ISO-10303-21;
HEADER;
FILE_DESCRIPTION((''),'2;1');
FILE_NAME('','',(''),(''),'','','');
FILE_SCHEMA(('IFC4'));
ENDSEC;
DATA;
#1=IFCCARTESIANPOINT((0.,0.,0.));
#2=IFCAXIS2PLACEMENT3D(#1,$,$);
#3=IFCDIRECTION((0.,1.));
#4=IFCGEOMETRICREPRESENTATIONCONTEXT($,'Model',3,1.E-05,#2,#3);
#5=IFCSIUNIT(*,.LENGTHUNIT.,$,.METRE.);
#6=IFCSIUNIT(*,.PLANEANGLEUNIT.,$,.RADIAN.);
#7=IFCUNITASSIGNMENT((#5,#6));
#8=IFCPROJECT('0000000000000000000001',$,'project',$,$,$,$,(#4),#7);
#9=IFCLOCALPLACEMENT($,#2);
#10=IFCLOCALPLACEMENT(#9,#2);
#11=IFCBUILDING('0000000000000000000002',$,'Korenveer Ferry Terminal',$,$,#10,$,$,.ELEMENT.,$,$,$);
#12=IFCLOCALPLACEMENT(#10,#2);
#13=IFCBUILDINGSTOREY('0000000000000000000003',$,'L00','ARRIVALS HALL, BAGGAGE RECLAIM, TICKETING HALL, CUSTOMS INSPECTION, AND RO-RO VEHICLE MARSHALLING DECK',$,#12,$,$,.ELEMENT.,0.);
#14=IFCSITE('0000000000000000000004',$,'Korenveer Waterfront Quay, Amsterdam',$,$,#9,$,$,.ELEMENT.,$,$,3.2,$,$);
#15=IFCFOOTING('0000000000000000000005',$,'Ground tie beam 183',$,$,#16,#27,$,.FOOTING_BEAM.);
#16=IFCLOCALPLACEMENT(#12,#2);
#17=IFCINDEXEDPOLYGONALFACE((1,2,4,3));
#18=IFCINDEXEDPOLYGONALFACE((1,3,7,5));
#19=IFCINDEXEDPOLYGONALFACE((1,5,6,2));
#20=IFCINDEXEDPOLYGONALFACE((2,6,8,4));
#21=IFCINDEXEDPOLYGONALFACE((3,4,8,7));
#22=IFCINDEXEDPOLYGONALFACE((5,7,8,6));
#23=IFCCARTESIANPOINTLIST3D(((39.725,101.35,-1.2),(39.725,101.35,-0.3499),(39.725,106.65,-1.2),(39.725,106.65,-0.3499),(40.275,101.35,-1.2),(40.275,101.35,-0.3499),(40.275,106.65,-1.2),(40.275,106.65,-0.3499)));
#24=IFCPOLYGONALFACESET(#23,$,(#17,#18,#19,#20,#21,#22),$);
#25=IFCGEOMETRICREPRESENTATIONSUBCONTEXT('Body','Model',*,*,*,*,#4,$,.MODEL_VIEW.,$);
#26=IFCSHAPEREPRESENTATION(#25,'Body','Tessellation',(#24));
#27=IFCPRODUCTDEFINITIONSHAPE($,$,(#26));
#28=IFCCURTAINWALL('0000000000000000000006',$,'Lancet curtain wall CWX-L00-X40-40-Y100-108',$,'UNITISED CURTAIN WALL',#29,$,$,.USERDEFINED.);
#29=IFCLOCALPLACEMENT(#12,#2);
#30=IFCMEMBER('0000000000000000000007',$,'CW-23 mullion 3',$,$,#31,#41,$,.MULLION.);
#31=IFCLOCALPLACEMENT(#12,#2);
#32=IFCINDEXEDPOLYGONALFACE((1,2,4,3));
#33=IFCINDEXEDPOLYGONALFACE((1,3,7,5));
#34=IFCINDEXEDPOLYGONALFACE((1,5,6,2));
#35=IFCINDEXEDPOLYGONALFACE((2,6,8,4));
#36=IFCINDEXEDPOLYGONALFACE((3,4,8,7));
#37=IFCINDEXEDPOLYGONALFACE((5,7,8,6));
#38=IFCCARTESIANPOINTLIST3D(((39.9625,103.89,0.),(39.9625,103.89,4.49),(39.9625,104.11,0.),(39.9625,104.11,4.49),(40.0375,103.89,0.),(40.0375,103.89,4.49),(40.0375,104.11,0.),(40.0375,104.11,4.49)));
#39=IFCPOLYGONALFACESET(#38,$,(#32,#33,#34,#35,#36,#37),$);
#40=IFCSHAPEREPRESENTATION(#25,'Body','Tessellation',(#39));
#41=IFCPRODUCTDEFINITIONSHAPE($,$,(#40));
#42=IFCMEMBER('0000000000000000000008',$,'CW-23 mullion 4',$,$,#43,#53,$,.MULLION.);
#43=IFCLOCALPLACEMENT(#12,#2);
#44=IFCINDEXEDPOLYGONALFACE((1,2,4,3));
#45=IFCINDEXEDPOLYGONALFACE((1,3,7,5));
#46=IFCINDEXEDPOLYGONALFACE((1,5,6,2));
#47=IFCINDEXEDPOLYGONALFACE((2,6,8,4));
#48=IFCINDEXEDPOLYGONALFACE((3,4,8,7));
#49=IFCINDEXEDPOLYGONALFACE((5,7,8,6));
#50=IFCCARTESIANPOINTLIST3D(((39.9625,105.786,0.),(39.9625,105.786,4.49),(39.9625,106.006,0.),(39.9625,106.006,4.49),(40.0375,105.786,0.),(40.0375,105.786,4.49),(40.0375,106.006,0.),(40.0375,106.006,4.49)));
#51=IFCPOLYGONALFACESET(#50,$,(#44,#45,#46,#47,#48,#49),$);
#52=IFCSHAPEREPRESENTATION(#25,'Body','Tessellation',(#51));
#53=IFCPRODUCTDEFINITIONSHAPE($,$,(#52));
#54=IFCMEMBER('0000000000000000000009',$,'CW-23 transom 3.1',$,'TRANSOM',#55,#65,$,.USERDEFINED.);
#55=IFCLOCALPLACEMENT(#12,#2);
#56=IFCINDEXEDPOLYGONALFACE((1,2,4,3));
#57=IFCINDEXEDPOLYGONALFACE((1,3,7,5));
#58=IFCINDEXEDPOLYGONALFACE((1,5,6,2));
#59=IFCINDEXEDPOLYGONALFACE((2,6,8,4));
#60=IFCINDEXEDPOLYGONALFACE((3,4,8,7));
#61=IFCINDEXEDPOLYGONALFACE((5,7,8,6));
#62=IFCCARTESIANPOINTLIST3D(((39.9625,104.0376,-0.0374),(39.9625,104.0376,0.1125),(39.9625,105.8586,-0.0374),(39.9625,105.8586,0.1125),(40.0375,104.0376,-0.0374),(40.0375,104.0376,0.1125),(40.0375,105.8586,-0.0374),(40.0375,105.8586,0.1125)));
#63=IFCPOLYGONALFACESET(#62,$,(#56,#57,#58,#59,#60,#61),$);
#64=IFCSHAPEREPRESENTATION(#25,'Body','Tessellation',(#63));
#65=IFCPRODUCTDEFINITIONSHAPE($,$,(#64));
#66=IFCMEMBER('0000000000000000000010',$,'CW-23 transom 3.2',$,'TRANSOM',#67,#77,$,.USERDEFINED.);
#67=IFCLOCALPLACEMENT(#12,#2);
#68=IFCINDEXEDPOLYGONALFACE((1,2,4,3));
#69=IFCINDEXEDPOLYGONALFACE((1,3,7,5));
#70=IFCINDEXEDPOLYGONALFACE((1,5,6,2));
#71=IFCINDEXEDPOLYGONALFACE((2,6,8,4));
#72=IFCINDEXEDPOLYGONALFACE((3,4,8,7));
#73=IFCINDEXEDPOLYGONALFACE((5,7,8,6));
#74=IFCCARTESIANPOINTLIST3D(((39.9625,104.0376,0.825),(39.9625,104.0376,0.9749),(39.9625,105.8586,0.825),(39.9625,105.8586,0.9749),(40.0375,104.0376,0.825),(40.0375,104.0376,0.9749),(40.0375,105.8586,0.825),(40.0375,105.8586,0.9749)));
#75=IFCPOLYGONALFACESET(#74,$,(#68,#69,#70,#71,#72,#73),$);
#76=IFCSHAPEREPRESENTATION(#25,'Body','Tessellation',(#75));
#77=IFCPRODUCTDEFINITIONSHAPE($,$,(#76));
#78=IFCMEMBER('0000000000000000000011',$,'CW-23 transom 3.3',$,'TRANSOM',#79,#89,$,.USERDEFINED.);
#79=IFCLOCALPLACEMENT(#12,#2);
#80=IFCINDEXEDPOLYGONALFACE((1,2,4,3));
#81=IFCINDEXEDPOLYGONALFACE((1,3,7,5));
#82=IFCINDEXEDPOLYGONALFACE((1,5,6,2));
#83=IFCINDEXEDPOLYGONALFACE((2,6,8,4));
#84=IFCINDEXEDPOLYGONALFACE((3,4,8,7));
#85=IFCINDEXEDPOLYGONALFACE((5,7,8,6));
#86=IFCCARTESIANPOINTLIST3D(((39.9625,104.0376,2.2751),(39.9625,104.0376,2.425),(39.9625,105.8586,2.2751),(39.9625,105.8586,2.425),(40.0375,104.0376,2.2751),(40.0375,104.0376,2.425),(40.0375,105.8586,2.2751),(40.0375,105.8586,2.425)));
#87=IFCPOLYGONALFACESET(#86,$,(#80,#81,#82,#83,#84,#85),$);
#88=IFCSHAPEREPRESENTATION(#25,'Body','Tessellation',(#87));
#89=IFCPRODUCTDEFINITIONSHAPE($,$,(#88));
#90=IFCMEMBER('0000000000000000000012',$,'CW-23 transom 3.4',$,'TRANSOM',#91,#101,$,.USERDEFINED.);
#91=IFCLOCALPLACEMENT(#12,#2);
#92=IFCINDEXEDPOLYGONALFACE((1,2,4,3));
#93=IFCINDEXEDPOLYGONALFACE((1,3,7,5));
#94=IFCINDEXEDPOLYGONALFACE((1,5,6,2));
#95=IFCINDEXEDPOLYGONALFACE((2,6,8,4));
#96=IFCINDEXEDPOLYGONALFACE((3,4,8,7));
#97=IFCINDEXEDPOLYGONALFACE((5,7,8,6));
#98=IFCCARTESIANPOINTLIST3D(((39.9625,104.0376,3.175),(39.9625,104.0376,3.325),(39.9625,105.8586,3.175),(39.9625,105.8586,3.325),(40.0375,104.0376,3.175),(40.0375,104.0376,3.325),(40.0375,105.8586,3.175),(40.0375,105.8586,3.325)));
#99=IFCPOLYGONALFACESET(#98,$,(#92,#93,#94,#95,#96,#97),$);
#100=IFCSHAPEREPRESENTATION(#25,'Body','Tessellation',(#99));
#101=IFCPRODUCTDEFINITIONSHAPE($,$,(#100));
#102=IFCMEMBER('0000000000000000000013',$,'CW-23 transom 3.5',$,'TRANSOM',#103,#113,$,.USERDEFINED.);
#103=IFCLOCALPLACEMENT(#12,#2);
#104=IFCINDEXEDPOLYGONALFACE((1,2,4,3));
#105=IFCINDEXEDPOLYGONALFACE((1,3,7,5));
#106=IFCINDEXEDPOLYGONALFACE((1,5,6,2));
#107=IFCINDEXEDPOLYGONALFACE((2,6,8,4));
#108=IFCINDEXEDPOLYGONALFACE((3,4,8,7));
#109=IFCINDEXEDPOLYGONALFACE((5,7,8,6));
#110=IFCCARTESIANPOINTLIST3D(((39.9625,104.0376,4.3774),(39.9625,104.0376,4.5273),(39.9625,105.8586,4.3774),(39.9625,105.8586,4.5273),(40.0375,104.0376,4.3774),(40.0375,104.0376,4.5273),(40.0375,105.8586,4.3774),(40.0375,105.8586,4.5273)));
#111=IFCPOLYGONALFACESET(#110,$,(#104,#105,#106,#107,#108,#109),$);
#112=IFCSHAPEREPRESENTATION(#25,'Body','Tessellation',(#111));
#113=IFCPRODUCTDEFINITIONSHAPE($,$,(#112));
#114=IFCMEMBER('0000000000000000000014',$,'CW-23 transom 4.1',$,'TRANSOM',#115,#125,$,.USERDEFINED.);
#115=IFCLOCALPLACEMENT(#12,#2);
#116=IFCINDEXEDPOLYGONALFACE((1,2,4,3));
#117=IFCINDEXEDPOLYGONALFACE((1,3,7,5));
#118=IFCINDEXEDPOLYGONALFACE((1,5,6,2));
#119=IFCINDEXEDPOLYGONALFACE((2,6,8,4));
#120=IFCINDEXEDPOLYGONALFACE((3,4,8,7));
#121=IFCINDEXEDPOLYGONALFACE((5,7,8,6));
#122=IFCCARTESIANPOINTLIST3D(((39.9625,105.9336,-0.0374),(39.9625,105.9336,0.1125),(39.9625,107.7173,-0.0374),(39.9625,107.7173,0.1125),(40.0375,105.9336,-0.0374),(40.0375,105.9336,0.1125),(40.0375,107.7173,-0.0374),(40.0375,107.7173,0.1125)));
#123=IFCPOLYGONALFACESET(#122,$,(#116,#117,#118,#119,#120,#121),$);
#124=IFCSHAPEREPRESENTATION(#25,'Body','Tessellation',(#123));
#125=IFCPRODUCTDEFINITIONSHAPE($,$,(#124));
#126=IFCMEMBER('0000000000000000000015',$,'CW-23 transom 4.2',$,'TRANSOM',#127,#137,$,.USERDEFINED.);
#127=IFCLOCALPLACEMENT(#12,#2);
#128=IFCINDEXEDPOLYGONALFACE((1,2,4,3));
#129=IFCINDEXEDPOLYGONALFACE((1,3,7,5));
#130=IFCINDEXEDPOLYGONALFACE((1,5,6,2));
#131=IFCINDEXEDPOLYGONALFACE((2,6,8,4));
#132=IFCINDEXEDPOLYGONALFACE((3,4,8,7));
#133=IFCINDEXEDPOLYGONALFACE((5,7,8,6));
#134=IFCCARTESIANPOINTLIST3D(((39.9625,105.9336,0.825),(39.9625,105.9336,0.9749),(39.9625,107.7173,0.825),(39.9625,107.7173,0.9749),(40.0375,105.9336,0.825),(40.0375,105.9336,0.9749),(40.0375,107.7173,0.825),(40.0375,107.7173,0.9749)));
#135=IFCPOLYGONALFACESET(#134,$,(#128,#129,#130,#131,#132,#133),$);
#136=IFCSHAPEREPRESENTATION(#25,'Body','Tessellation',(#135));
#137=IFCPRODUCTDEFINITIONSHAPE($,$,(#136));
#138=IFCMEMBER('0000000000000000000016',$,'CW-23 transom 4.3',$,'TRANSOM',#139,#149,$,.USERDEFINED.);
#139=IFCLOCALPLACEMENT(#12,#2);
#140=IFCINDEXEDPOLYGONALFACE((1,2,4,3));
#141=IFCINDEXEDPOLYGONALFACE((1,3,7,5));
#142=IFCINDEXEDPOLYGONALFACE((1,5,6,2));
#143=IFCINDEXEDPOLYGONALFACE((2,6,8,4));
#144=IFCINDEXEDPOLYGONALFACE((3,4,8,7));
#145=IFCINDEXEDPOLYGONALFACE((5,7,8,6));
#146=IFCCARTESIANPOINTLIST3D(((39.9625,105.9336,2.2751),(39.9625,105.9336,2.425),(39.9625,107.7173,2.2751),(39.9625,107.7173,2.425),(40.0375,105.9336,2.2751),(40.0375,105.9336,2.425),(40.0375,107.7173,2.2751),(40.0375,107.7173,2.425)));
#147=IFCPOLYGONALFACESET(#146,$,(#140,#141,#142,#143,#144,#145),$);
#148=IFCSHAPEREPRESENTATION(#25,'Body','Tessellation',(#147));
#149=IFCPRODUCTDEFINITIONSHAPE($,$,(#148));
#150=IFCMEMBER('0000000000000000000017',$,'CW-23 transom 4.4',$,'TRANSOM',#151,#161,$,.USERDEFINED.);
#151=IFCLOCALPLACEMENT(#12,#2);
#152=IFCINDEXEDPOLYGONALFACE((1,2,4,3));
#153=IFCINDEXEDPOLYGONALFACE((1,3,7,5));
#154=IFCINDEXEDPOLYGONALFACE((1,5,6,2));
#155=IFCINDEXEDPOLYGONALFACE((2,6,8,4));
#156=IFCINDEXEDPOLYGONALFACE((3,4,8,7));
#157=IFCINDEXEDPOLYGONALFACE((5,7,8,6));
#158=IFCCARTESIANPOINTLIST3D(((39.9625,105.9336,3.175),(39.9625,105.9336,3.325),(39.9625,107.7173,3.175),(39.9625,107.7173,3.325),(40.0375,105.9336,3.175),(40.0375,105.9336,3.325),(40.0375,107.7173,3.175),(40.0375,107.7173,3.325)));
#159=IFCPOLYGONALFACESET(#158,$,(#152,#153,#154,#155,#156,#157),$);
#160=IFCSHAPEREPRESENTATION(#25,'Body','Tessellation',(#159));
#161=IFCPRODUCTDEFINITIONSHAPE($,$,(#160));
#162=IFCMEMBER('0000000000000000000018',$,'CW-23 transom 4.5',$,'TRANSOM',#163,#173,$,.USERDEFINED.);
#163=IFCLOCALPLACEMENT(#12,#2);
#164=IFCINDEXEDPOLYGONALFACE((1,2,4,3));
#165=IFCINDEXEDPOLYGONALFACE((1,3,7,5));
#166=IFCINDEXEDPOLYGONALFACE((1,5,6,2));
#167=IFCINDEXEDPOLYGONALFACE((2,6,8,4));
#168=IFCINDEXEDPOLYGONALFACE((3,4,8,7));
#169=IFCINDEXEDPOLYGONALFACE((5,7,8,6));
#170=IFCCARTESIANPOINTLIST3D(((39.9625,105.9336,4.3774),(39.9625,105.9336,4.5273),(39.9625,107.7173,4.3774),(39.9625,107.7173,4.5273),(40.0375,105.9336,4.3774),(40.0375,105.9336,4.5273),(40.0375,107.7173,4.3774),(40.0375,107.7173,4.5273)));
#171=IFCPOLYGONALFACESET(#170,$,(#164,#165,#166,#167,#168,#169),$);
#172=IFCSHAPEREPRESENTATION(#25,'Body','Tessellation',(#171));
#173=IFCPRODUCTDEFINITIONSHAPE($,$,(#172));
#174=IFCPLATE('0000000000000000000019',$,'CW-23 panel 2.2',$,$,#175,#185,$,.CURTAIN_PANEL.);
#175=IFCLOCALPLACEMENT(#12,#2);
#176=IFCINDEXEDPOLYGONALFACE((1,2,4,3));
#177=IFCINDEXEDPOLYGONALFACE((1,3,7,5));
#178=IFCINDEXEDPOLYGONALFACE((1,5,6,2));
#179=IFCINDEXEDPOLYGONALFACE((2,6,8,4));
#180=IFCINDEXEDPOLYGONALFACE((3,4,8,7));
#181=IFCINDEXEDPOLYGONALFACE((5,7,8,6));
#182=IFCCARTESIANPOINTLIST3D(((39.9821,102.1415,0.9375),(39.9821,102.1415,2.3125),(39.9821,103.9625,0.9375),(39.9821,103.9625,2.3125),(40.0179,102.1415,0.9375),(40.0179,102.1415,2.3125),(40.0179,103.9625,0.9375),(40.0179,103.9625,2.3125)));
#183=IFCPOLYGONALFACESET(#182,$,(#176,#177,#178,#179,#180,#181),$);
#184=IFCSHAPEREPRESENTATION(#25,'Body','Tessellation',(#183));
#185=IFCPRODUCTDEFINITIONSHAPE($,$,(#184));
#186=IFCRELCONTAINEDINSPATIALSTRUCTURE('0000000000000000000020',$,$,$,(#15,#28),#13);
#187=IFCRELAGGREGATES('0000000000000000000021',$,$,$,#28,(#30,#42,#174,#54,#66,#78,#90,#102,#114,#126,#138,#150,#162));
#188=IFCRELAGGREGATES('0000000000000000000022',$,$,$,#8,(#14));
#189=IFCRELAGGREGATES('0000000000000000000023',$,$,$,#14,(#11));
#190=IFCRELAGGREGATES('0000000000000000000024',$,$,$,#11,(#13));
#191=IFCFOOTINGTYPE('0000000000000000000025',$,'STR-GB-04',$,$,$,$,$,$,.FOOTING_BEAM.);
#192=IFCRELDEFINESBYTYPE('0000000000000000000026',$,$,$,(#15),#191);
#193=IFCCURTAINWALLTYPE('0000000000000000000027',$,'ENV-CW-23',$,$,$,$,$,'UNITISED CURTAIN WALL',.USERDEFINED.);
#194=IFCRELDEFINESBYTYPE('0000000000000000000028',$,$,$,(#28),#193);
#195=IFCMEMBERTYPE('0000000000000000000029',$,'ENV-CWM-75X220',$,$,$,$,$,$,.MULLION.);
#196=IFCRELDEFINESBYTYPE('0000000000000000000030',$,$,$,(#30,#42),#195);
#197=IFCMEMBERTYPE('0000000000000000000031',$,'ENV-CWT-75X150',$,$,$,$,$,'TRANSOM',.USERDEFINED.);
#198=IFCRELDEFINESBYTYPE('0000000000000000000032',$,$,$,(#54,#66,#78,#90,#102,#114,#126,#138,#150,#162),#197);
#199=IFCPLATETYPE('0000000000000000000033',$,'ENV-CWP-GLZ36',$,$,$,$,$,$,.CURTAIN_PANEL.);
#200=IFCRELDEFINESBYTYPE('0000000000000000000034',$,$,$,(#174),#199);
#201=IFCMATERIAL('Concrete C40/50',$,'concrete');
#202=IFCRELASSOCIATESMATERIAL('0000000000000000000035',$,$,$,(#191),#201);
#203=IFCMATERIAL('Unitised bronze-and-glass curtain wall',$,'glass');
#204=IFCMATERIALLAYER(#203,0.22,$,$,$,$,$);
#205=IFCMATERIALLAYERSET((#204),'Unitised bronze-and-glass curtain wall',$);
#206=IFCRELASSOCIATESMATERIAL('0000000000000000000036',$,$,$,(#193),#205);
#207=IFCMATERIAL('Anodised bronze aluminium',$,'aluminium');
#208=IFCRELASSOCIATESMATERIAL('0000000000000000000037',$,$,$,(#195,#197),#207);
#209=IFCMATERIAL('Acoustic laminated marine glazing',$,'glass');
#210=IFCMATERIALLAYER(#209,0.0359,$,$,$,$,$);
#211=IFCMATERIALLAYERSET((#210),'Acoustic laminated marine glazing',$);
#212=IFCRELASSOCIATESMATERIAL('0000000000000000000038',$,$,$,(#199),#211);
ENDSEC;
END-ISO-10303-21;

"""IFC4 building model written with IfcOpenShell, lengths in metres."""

from ifc_helpers import new_model, si_unit, direction, frame, origin, origin_2d, place, context, subcontext, project, spatial, rectangle, extrude, material, layer, layer_set, material_profile, profile_set, type_object, element, aggregate, save


model = new_model("IFC4")

# Units and contexts
model_context = context("Model", 3, precision=1e-05, world=origin(), true_north=direction((0.0, 1.0)))
body_context = subcontext(model_context, "Body", "Model", "MODEL_VIEW")
ifc_project = project(units=[si_unit("LENGTHUNIT", "METRE"), si_unit("PLANEANGLEUNIT", "RADIAN")], contexts=[model_context])

# Site, building, storey
site_placement = place(None, origin())
site = spatial("IfcSite", under=ifc_project, at=site_placement, Name="Korenveer Waterfront Quay, Amsterdam", CompositionType="ELEMENT", RefElevation=3.2)
building_placement = place(site_placement, origin())
building = spatial("IfcBuilding", under=site, at=building_placement, Name="Korenveer Ferry Terminal", CompositionType="ELEMENT")
storey_placement = place(building_placement, origin())
storey = spatial("IfcBuildingStorey", under=building, at=storey_placement, Name="L00", Description="ARRIVALS HALL, BAGGAGE RECLAIM, TICKETING HALL, CUSTOMS INSPECTION, AND RO-RO VEHICLE MARSHALLING DECK", CompositionType="ELEMENT", Elevation=0.0)

# Footing
ifc_material_1 = material(Name="Concrete C40/50", Category="concrete")
footing_type = type_object("IfcFootingType", Name="STR-GB-04", PredefinedType="FOOTING_BEAM", material=ifc_material_1)
footing_placement = place(storey_placement, frame((40.0, 104.0, -1.2), z_axis=(0.0, 0.0, 1.0), x_axis=(1.0, 0.0, 0.0)))
element("IfcFooting", 1, at=footing_placement, inside=storey, type_object=footing_type, Name="Ground tie beam 183", PredefinedType="FOOTING_BEAM", context=body_context, shape_type="SweptSolid", body=[
    extrude(rectangle(XDim=0.55, YDim=5.3, at=origin_2d()), origin(), (0.0, 0.0, 1.0), 0.8501),
])

# Curtain wall, members, plate
ifc_material_2 = material(Name="Unitised bronze-and-glass curtain wall", Category="glass")
ifc_layer_1 = layer(ifc_material_2, 0.22)
ifc_layer_set_1 = layer_set([ifc_layer_1], Name="Unitised bronze-and-glass curtain wall")
curtain_wall_type = type_object("IfcCurtainWallType", Name="ENV-CW-23", ElementType="UNITISED CURTAIN WALL", PredefinedType="USERDEFINED", material=ifc_layer_set_1)
curtain_wall_placement = place(storey_placement, frame((40.0, 100.2078, 0.0)))
curtain_wall = element("IfcCurtainWall", 2, at=curtain_wall_placement, inside=storey, type_object=curtain_wall_type, Name="Lancet curtain wall CWX-L00-X40-40-Y100-108", ObjectType="UNITISED CURTAIN WALL", PredefinedType="USERDEFINED")
ifc_material_3 = material(Name="Anodised bronze aluminium", Category="aluminium")
ifc_material_profile_1 = material_profile(ifc_material_3, rectangle(XDim=0.075, YDim=0.22, at=origin_2d()), Name="ALU 75x220")
ifc_profile_set_1 = profile_set([ifc_material_profile_1], Name="Anodised bronze aluminium")
member_type_1 = type_object("IfcMemberType", Name="ENV-CWM-75X220", PredefinedType="MULLION", material=ifc_profile_set_1)
member_1_placement = place(storey_placement, frame((40.0, 104.0, 0.0), z_axis=(0.0, 0.0, 1.0), x_axis=(-1.0, 0.0, 0.0)))
member_1 = element("IfcMember", 3, at=member_1_placement, type_object=member_type_1, Name="CW-23 mullion 3", PredefinedType="MULLION", context=body_context, shape_type="SweptSolid", body=[
    extrude(rectangle(XDim=0.075, YDim=0.22, at=origin_2d()), origin(), (0.0, 0.0, 1.0), 4.49),
])
member_2_placement = place(storey_placement, frame((40.0, 105.896, 0.0), z_axis=(0.0, 0.0, 1.0), x_axis=(-1.0, 0.0, 0.0)))
member_2 = element("IfcMember", 4, at=member_2_placement, type_object=member_type_1, Name="CW-23 mullion 4", PredefinedType="MULLION", context=body_context, shape_type="SweptSolid", body=[
    extrude(rectangle(XDim=0.075, YDim=0.22, at=origin_2d()), origin(), (0.0, 0.0, 1.0), 4.49),
])
ifc_material_profile_2 = material_profile(ifc_material_3, rectangle(XDim=0.075, YDim=0.1499, at=origin_2d()), Name="ALU 75x150")
ifc_profile_set_2 = profile_set([ifc_material_profile_2], Name="Anodised bronze aluminium")
member_type_2 = type_object("IfcMemberType", Name="ENV-CWT-75X150", ElementType="TRANSOM", PredefinedType="USERDEFINED", material=ifc_profile_set_2)
member_3_placement = place(storey_placement, frame((40.0, 104.0376, 0.0376), z_axis=(0.0, 1.0, 0.0), x_axis=(-1.0, 0.0, 0.0)))
member_3 = element("IfcMember", 5, at=member_3_placement, type_object=member_type_2, Name="CW-23 transom 3.1", ObjectType="TRANSOM", PredefinedType="USERDEFINED", context=body_context, shape_type="SweptSolid", body=[
    extrude(rectangle(XDim=0.075, YDim=0.1499, at=origin_2d()), origin(), (0.0, 0.0, 1.0), 1.821),
])
member_4_placement = place(storey_placement, frame((40.0, 104.0376, 0.8999), z_axis=(0.0, 1.0, 0.0), x_axis=(-1.0, 0.0, 0.0)))
member_4 = element("IfcMember", 6, at=member_4_placement, type_object=member_type_2, Name="CW-23 transom 3.2", ObjectType="TRANSOM", PredefinedType="USERDEFINED", context=body_context, shape_type="SweptSolid", body=[
    extrude(rectangle(XDim=0.075, YDim=0.1499, at=origin_2d()), origin(), (0.0, 0.0, 1.0), 1.821),
])
member_5_placement = place(storey_placement, frame((40.0, 104.0376, 2.3501), z_axis=(0.0, 1.0, 0.0), x_axis=(-1.0, 0.0, 0.0)))
member_5 = element("IfcMember", 7, at=member_5_placement, type_object=member_type_2, Name="CW-23 transom 3.3", ObjectType="TRANSOM", PredefinedType="USERDEFINED", context=body_context, shape_type="SweptSolid", body=[
    extrude(rectangle(XDim=0.075, YDim=0.1499, at=origin_2d()), origin(), (0.0, 0.0, 1.0), 1.821),
])
member_6_placement = place(storey_placement, frame((40.0, 104.0376, 3.25), z_axis=(0.0, 1.0, 0.0), x_axis=(-1.0, 0.0, 0.0)))
member_6 = element("IfcMember", 8, at=member_6_placement, type_object=member_type_2, Name="CW-23 transom 3.4", ObjectType="TRANSOM", PredefinedType="USERDEFINED", context=body_context, shape_type="SweptSolid", body=[
    extrude(rectangle(XDim=0.075, YDim=0.1499, at=origin_2d()), origin(), (0.0, 0.0, 1.0), 1.821),
])
member_7_placement = place(storey_placement, frame((40.0, 104.0376, 4.4524), z_axis=(0.0, 1.0, 0.0), x_axis=(-1.0, 0.0, 0.0)))
member_7 = element("IfcMember", 9, at=member_7_placement, type_object=member_type_2, Name="CW-23 transom 3.5", ObjectType="TRANSOM", PredefinedType="USERDEFINED", context=body_context, shape_type="SweptSolid", body=[
    extrude(rectangle(XDim=0.075, YDim=0.1499, at=origin_2d()), origin(), (0.0, 0.0, 1.0), 1.821),
])
member_8_placement = place(storey_placement, frame((40.0, 105.9336, 0.0376), z_axis=(0.0, 1.0, 0.0), x_axis=(-1.0, 0.0, 0.0)))
member_8 = element("IfcMember", 10, at=member_8_placement, type_object=member_type_2, Name="CW-23 transom 4.1", ObjectType="TRANSOM", PredefinedType="USERDEFINED", context=body_context, shape_type="SweptSolid", body=[
    extrude(rectangle(XDim=0.075, YDim=0.1499, at=origin_2d()), origin(), (0.0, 0.0, 1.0), 1.7837),
])
member_9_placement = place(storey_placement, frame((40.0, 105.9336, 0.8999), z_axis=(0.0, 1.0, 0.0), x_axis=(-1.0, 0.0, 0.0)))
member_9 = element("IfcMember", 11, at=member_9_placement, type_object=member_type_2, Name="CW-23 transom 4.2", ObjectType="TRANSOM", PredefinedType="USERDEFINED", context=body_context, shape_type="SweptSolid", body=[
    extrude(rectangle(XDim=0.075, YDim=0.1499, at=origin_2d()), origin(), (0.0, 0.0, 1.0), 1.7837),
])
member_10_placement = place(storey_placement, frame((40.0, 105.9336, 2.3501), z_axis=(0.0, 1.0, 0.0), x_axis=(-1.0, 0.0, 0.0)))
member_10 = element("IfcMember", 12, at=member_10_placement, type_object=member_type_2, Name="CW-23 transom 4.3", ObjectType="TRANSOM", PredefinedType="USERDEFINED", context=body_context, shape_type="SweptSolid", body=[
    extrude(rectangle(XDim=0.075, YDim=0.1499, at=origin_2d()), origin(), (0.0, 0.0, 1.0), 1.7837),
])
member_11_placement = place(storey_placement, frame((40.0, 105.9336, 3.25), z_axis=(0.0, 1.0, 0.0), x_axis=(-1.0, 0.0, 0.0)))
member_11 = element("IfcMember", 13, at=member_11_placement, type_object=member_type_2, Name="CW-23 transom 4.4", ObjectType="TRANSOM", PredefinedType="USERDEFINED", context=body_context, shape_type="SweptSolid", body=[
    extrude(rectangle(XDim=0.075, YDim=0.1499, at=origin_2d()), origin(), (0.0, 0.0, 1.0), 1.7837),
])
member_12_placement = place(storey_placement, frame((40.0, 105.9336, 4.4524), z_axis=(0.0, 1.0, 0.0), x_axis=(-1.0, 0.0, 0.0)))
member_12 = element("IfcMember", 14, at=member_12_placement, type_object=member_type_2, Name="CW-23 transom 4.5", ObjectType="TRANSOM", PredefinedType="USERDEFINED", context=body_context, shape_type="SweptSolid", body=[
    extrude(rectangle(XDim=0.075, YDim=0.1499, at=origin_2d()), origin(), (0.0, 0.0, 1.0), 1.7837),
])
ifc_material_4 = material(Name="Acoustic laminated marine glazing", Category="glass")
ifc_layer_2 = layer(ifc_material_4, 0.0359)
ifc_layer_set_2 = layer_set([ifc_layer_2], Name="Acoustic laminated marine glazing")
plate_type = type_object("IfcPlateType", Name="ENV-CWP-GLZ36", PredefinedType="CURTAIN_PANEL", material=ifc_layer_set_2)
plate_1_placement = place(storey_placement, frame((40.0, 103.052, 0.9375), z_axis=(0.0, 0.0, 1.0), x_axis=(0.0, 1.0, 0.0)))
plate_1 = element("IfcPlate", 15, at=plate_1_placement, type_object=plate_type, Name="CW-23 panel 2.2", PredefinedType="CURTAIN_PANEL", context=body_context, shape_type="SweptSolid", body=[
    extrude(rectangle(XDim=1.821, YDim=0.0359, at=origin_2d()), origin(), (0.0, 0.0, 1.0), 1.375),
])
aggregate(curtain_wall, [member_1, member_2, plate_1, member_3, member_4, member_5, member_6, member_7, member_8, member_9, member_10, member_11, member_12])

save(model, "model.ifc")
